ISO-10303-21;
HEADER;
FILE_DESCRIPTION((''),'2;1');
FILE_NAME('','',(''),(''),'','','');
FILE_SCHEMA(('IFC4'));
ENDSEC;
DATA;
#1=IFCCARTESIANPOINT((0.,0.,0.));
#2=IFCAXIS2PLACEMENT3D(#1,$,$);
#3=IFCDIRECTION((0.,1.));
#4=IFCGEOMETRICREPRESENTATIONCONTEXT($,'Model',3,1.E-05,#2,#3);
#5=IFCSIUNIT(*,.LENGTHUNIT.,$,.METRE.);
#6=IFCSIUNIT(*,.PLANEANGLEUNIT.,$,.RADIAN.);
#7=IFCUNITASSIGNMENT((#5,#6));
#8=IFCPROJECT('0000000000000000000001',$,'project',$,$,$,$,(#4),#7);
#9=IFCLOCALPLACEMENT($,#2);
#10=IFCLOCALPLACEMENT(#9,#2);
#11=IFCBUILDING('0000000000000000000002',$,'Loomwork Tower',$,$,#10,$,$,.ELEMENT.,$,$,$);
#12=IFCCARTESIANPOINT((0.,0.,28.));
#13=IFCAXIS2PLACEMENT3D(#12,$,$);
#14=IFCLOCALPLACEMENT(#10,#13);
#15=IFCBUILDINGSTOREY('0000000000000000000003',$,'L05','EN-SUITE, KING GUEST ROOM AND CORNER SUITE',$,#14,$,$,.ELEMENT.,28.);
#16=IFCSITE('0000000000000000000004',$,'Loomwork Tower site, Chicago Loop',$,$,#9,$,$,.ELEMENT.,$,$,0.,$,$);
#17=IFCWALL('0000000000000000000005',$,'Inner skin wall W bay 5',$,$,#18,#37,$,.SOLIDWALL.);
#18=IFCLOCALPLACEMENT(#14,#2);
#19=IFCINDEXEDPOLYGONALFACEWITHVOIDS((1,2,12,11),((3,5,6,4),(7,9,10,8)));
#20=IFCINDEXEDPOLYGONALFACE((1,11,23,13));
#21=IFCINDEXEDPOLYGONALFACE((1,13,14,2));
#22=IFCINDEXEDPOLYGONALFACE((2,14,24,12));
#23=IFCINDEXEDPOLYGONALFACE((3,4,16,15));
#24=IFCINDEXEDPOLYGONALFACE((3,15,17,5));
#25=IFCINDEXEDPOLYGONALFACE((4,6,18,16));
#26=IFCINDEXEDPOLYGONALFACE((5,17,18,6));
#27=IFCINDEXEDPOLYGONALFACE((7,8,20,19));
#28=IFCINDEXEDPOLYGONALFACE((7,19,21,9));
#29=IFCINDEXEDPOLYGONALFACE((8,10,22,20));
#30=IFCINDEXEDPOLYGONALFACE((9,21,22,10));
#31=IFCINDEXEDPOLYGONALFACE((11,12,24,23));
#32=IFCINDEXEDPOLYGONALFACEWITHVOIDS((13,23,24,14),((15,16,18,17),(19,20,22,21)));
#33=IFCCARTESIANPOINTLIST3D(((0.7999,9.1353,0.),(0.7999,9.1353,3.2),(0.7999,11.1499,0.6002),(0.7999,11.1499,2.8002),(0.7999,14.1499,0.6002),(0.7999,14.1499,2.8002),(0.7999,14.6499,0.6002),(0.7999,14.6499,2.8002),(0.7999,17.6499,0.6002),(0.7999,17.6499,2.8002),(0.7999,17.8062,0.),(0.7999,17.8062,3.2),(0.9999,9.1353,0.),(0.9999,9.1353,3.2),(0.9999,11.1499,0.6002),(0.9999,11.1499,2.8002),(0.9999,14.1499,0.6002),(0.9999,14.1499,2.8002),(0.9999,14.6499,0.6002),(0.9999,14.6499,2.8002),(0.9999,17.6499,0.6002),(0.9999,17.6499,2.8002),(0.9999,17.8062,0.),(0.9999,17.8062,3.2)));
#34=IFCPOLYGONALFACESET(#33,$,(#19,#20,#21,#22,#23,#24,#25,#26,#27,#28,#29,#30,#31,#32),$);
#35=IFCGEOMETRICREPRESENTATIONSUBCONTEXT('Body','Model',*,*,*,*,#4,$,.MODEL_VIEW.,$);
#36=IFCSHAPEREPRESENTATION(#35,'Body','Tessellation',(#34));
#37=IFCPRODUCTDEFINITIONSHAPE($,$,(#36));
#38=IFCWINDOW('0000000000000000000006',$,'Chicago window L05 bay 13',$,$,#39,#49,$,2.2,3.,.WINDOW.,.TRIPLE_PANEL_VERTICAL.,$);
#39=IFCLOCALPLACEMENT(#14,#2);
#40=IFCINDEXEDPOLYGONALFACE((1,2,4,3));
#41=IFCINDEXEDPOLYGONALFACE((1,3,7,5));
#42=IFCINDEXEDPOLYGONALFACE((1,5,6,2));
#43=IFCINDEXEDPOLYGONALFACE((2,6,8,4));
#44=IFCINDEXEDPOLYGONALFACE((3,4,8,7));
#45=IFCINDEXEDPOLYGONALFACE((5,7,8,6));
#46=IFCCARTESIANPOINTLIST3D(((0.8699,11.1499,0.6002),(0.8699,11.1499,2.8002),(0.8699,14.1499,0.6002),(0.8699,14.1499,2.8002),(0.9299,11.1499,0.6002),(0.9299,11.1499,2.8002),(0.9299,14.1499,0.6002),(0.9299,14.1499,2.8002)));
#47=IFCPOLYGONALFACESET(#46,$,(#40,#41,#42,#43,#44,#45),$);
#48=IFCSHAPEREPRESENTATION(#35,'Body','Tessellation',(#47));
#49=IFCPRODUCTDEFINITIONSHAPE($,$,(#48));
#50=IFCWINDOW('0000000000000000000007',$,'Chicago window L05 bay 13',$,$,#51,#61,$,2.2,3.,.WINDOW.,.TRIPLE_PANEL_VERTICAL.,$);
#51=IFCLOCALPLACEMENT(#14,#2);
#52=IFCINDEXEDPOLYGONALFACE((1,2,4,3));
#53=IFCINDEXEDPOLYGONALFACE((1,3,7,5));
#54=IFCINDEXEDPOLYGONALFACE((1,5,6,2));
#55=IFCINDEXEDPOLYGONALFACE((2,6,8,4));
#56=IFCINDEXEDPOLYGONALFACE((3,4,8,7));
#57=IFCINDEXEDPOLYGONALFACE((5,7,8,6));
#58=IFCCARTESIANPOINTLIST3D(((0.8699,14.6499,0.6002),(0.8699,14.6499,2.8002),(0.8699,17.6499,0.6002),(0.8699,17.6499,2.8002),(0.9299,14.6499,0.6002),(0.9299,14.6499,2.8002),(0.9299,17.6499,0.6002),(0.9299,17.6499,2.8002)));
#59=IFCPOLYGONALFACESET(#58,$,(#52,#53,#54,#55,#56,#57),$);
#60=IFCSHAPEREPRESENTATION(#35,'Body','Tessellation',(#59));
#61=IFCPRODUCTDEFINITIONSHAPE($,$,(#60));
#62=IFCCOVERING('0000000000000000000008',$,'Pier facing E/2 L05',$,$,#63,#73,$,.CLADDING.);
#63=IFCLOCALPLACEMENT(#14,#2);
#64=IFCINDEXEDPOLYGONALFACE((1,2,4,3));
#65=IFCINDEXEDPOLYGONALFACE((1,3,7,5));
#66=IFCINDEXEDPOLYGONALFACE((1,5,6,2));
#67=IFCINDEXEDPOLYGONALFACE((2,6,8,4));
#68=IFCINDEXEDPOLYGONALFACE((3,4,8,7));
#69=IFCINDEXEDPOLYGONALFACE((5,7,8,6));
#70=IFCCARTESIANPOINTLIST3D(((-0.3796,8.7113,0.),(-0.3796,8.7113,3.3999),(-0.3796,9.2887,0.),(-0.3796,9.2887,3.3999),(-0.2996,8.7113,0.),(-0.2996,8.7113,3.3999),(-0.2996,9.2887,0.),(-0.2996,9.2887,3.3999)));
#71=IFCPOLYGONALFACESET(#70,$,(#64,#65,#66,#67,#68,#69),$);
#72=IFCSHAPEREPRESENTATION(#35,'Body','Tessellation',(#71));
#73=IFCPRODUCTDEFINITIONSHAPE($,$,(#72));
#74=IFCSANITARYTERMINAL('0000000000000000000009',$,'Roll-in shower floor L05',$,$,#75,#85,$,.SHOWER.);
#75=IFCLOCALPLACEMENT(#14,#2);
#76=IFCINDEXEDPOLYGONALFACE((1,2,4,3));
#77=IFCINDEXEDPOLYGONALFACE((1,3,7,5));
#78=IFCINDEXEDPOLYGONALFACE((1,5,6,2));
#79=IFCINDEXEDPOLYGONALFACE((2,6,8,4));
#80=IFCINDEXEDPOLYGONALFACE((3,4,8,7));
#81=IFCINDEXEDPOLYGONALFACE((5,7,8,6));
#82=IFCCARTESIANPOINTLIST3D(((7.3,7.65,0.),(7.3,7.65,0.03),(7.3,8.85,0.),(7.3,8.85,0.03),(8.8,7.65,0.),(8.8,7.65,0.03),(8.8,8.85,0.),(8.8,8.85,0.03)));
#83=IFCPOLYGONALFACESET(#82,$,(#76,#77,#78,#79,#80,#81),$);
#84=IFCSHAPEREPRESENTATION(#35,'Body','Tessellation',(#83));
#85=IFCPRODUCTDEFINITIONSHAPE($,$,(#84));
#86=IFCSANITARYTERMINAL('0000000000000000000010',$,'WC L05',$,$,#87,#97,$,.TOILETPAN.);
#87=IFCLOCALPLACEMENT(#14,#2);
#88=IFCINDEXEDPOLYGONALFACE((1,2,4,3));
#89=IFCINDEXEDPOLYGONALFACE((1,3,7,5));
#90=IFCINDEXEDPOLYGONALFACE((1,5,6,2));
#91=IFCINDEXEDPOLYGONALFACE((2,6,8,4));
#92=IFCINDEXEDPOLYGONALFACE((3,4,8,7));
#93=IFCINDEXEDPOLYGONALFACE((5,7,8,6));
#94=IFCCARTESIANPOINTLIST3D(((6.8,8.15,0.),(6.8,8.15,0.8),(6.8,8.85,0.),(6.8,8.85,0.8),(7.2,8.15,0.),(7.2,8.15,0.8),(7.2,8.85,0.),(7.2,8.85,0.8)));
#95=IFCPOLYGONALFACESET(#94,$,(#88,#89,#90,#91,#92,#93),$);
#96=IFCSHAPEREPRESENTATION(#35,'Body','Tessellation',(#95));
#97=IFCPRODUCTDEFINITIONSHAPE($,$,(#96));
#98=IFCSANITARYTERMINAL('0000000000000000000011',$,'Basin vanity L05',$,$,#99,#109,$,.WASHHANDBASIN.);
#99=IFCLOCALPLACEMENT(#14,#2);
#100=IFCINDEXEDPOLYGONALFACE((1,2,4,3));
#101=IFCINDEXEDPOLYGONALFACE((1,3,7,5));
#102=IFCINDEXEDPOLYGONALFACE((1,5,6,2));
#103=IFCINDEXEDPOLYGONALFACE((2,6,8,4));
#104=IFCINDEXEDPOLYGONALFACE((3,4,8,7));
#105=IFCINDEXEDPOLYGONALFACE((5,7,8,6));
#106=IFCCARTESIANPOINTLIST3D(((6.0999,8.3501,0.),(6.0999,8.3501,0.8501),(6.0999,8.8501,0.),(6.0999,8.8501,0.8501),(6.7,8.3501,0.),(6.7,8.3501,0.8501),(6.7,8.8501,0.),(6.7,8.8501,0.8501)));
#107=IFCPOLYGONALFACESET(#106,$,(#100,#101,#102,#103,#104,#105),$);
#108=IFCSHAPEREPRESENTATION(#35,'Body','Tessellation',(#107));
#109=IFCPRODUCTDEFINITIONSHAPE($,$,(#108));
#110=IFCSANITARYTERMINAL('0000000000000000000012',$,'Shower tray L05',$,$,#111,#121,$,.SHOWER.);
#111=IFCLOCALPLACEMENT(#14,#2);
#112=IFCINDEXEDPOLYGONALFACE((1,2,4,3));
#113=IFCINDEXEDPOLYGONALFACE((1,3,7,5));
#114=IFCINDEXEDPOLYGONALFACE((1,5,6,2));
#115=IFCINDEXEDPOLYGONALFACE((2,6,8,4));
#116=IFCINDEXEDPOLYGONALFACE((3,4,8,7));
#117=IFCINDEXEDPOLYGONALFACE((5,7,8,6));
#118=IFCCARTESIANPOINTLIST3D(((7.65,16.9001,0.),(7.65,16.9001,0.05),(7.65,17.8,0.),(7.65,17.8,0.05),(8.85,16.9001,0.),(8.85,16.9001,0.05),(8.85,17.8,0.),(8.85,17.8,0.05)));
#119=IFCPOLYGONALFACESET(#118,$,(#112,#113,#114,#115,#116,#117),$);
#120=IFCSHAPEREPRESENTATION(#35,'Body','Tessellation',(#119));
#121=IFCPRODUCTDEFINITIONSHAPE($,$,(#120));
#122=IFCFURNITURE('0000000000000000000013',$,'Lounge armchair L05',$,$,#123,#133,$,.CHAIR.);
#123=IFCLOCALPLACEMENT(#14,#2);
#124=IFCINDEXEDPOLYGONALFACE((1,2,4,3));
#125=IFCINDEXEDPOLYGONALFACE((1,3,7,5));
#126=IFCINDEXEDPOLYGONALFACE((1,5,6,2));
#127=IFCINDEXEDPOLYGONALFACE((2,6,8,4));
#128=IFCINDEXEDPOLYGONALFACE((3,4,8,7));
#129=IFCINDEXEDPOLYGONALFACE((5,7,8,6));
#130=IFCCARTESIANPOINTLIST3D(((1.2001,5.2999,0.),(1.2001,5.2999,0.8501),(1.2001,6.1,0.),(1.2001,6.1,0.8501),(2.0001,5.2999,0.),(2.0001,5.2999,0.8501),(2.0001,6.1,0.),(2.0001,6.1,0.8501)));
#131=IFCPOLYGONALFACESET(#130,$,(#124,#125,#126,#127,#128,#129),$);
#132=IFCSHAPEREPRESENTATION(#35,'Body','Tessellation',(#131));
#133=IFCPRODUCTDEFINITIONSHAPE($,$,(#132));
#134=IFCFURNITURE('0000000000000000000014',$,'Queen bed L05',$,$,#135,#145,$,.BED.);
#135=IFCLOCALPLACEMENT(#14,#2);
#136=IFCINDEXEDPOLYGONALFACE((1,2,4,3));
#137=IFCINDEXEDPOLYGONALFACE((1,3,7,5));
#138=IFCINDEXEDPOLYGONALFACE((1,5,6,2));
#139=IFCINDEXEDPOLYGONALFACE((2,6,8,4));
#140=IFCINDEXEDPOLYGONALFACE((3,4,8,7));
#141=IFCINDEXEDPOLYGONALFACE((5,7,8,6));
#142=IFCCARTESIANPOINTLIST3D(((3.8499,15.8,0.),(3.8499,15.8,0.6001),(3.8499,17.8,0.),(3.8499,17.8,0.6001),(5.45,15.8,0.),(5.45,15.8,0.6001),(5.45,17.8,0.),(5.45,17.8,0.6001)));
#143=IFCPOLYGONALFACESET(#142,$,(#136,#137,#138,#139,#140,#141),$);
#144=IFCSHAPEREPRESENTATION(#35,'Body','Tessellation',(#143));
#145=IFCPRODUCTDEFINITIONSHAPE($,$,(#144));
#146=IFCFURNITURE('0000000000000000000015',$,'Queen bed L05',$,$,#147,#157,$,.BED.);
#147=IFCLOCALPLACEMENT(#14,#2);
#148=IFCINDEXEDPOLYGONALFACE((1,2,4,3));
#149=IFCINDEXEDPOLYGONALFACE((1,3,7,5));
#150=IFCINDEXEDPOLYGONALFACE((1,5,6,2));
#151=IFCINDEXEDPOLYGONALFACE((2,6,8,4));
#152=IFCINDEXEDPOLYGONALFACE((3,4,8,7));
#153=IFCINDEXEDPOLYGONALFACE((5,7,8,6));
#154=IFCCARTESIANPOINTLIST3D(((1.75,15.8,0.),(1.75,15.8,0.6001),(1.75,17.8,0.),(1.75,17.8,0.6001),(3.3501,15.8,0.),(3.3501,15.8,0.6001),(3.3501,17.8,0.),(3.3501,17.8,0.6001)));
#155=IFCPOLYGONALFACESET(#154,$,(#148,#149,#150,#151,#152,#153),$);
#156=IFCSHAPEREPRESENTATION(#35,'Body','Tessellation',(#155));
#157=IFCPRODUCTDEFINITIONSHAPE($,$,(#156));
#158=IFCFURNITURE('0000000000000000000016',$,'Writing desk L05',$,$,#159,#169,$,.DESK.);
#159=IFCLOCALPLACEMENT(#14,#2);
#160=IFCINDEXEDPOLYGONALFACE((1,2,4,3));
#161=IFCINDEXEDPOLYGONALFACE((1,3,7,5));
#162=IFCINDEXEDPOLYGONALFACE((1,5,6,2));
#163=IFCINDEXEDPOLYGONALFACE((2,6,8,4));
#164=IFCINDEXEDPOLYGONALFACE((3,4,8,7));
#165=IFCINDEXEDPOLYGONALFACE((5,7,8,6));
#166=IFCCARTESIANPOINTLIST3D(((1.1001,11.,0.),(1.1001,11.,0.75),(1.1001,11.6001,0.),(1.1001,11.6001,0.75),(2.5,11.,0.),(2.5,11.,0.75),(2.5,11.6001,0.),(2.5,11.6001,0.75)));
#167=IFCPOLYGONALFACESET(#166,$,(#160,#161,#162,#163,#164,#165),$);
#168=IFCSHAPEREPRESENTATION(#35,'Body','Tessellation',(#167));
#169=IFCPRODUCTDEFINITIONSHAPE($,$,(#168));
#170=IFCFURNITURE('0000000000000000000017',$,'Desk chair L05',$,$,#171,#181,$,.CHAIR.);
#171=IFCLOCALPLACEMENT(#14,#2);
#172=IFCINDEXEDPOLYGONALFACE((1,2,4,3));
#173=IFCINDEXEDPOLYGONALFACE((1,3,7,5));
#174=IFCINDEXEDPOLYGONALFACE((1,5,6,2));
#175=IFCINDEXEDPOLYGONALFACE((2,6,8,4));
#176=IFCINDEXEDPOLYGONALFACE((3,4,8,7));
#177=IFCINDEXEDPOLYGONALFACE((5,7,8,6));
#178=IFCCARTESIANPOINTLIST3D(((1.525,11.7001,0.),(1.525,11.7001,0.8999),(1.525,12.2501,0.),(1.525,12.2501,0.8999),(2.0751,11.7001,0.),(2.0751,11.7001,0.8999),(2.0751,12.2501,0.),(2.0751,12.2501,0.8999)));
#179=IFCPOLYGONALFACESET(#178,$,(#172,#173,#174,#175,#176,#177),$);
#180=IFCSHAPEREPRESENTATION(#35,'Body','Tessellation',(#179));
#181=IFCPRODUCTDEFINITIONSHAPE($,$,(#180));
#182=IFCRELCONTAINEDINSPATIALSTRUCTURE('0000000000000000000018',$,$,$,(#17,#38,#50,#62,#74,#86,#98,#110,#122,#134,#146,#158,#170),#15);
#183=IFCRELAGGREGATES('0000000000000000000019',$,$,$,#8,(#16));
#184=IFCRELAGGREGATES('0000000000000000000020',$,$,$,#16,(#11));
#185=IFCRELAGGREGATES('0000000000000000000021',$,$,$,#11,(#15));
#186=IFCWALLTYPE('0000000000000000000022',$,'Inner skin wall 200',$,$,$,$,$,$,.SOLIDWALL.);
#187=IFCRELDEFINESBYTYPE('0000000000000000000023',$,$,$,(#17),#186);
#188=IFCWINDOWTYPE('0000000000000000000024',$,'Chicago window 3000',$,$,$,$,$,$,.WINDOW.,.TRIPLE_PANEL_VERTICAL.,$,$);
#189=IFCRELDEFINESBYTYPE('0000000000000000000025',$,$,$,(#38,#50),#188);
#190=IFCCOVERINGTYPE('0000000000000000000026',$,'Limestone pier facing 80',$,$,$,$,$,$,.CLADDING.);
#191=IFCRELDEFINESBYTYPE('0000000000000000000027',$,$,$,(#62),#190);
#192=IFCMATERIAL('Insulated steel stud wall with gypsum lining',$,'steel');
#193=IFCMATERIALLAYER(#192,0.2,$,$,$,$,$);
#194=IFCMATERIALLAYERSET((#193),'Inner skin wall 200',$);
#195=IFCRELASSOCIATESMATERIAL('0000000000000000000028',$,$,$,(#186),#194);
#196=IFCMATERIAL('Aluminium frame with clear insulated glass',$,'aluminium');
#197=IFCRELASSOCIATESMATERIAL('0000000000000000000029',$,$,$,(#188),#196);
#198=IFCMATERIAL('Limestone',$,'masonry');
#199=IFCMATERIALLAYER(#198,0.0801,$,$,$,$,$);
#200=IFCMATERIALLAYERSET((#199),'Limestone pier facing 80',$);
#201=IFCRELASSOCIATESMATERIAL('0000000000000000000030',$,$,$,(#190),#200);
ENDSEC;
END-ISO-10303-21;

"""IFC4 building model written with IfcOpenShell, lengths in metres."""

from ifc_helpers import new_model, si_unit, direction, frame, frame_2d, origin, origin_2d, place, context, subcontext, project, spatial, rectangle, extrude, material, layer, layer_set, type_object, element, fill, save


model = new_model("IFC4")

# Units and contexts
model_context = context("Model", 3, precision=1e-05, world=origin(), true_north=direction((0.0, 1.0)))
body_context = subcontext(model_context, "Body", "Model", "MODEL_VIEW")
ifc_project = project(units=[si_unit("LENGTHUNIT", "METRE"), si_unit("PLANEANGLEUNIT", "RADIAN")], contexts=[model_context])

# Site, building, storey
site_placement = place(None, origin())
site = spatial("IfcSite", under=ifc_project, at=site_placement, Name="Loomwork Tower site, Chicago Loop", CompositionType="ELEMENT", RefElevation=0.0)
building_placement = place(site_placement, origin())
building = spatial("IfcBuilding", under=site, at=building_placement, Name="Loomwork Tower", CompositionType="ELEMENT")
storey_placement = place(building_placement, frame((0.0, 0.0, 28.0)))
storey = spatial("IfcBuildingStorey", under=building, at=storey_placement, Name="L05", Description="EN-SUITE, KING GUEST ROOM AND CORNER SUITE", CompositionType="ELEMENT", Elevation=28.0)

# Shared definitions
ifc_material_1 = material(Name="Insulated steel stud wall with gypsum lining", Category="steel")
ifc_layer_1 = layer(ifc_material_1, 0.2)
ifc_layer_set_1 = layer_set([ifc_layer_1], Name="Inner skin wall 200")
wall_type_1 = type_object("IfcWallType", Name="Inner skin wall 200", PredefinedType="SOLIDWALL", material=ifc_layer_set_1)

# Wall, openings, windows
wall_1_placement = place(storey_placement, frame((0.8999, 9.1353, 0.0), z_axis=(0.0, 0.0, 1.0), x_axis=(0.0, 1.0, 0.0)))
wall_1 = element("IfcWall", 1, at=wall_1_placement, inside=storey, type_object=wall_type_1, Name="Inner skin wall W bay 5", PredefinedType="SOLIDWALL", context=body_context, shape_type="SweptSolid", body=[
    extrude(rectangle(XDim=8.6709, YDim=0.2, at=frame_2d((4.3354, 0.0))), origin(), (0.0, 0.0, 1.0), 3.2),
])
opening_1_placement = place(wall_1_placement, frame((2.0146, 0.0, 0.6001)))
opening_1 = element("IfcOpeningElement", 2, at=opening_1_placement, cuts=wall_1, PredefinedType="OPENING", context=body_context, shape_type="SweptSolid", body=[
    extrude(rectangle(XDim=3.0, YDim=2.2, at=frame_2d((1.5, 1.1001))), frame((0.0, 0.1099, 0.0), z_axis=(0.0, -1.0, 0.0), x_axis=(1.0, 0.0, 0.0)), (0.0, 0.0, 1.0), 0.22),
])
opening_2_placement = place(wall_1_placement, frame((5.5146, 0.0, 0.6001)))
opening_2 = element("IfcOpeningElement", 3, at=opening_2_placement, cuts=wall_1, PredefinedType="OPENING", context=body_context, shape_type="SweptSolid", body=[
    extrude(rectangle(XDim=3.0, YDim=2.2, at=frame_2d((1.5, 1.1001))), frame((0.0, 0.1099, 0.0), z_axis=(0.0, -1.0, 0.0), x_axis=(1.0, 0.0, 0.0)), (0.0, 0.0, 1.0), 0.22),
])
ifc_material_2 = material(Name="Aluminium frame with clear insulated glass", Category="aluminium")
window_type = type_object("IfcWindowType", Name="Chicago window 3000", PartitioningType="TRIPLE_PANEL_VERTICAL", PredefinedType="WINDOW", material=ifc_material_2)
window_1_placement = place(opening_1_placement, origin())
window_1 = element("IfcWindow", 4, at=window_1_placement, inside=storey, type_object=window_type, Name="Chicago window L05 bay 13", OverallHeight=2.2, OverallWidth=3.0, PartitioningType="TRIPLE_PANEL_VERTICAL", PredefinedType="WINDOW", context=body_context, shape_type="SweptSolid", body=[
    extrude(rectangle(XDim=3.0, YDim=2.2, at=frame_2d((1.5, 1.1001))), frame((0.0, 0.03, 0.0), z_axis=(0.0, -1.0, 0.0), x_axis=(1.0, 0.0, 0.0)), (0.0, 0.0, 1.0), 0.0601),
])
fill(opening_1, window_1)
window_2_placement = place(opening_2_placement, origin())
window_2 = element("IfcWindow", 5, at=window_2_placement, inside=storey, type_object=window_type, Name="Chicago window L05 bay 13", OverallHeight=2.2, OverallWidth=3.0, PartitioningType="TRIPLE_PANEL_VERTICAL", PredefinedType="WINDOW", context=body_context, shape_type="SweptSolid", body=[
    extrude(rectangle(XDim=3.0, YDim=2.2, at=frame_2d((1.5, 1.1001))), frame((0.0, 0.03, 0.0), z_axis=(0.0, -1.0, 0.0), x_axis=(1.0, 0.0, 0.0)), (0.0, 0.0, 1.0), 0.0601),
])
fill(opening_2, window_2)

# Covering
ifc_material_3 = material(Name="Limestone", Category="masonry")
ifc_layer_2 = layer(ifc_material_3, 0.0801)
ifc_layer_set_2 = layer_set([ifc_layer_2], Name="Limestone pier facing 80")
covering_type = type_object("IfcCoveringType", Name="Limestone pier facing 80", PredefinedType="CLADDING", material=ifc_layer_set_2)
covering_placement = place(storey_placement, frame((-0.3396, 9.0, 0.0), z_axis=(0.0, 0.0, 1.0), x_axis=(1.0, 0.0, 0.0)))
element("IfcCovering", 6, at=covering_placement, inside=storey, type_object=covering_type, Name="Pier facing E/2 L05", PredefinedType="CLADDING", context=body_context, shape_type="SweptSolid", body=[
    extrude(rectangle(XDim=0.0801, YDim=0.5774, at=origin_2d()), origin(), (0.0, 0.0, 1.0), 3.3999),
])

# Sanitary terminals
sanitary_terminal_1_placement = place(storey_placement, frame((8.05, 8.25, 0.0), z_axis=(0.0, 0.0, 1.0), x_axis=(1.0, 0.0, 0.0)))
element("IfcSanitaryTerminal", 7, at=sanitary_terminal_1_placement, inside=storey, Name="Roll-in shower floor L05", PredefinedType="SHOWER", context=body_context, shape_type="SweptSolid", body=[
    extrude(rectangle(XDim=1.5, YDim=1.2, at=origin_2d()), origin(), (0.0, 0.0, 1.0), 0.03),
])
sanitary_terminal_2_placement = place(storey_placement, frame((7.0, 8.5, 0.0), z_axis=(0.0, 0.0, 1.0), x_axis=(1.0, 0.0, 0.0)))
element("IfcSanitaryTerminal", 8, at=sanitary_terminal_2_placement, inside=storey, Name="WC L05", PredefinedType="TOILETPAN", context=body_context, shape_type="SweptSolid", body=[
    extrude(rectangle(XDim=0.3999, YDim=0.7, at=origin_2d()), origin(), (0.0, 0.0, 1.0), 0.8),
])
sanitary_terminal_3_placement = place(storey_placement, frame((6.3999, 8.6001, 0.0), z_axis=(0.0, 0.0, 1.0), x_axis=(1.0, 0.0, 0.0)))
element("IfcSanitaryTerminal", 9, at=sanitary_terminal_3_placement, inside=storey, Name="Basin vanity L05", PredefinedType="WASHHANDBASIN", context=body_context, shape_type="SweptSolid", body=[
    extrude(rectangle(XDim=0.6001, YDim=0.5, at=origin_2d()), origin(), (0.0, 0.0, 1.0), 0.8501),
])
sanitary_terminal_4_placement = place(storey_placement, frame((8.25, 17.3501, 0.0), z_axis=(0.0, 0.0, 1.0), x_axis=(1.0, 0.0, 0.0)))
element("IfcSanitaryTerminal", 10, at=sanitary_terminal_4_placement, inside=storey, Name="Shower tray L05", PredefinedType="SHOWER", context=body_context, shape_type="SweptSolid", body=[
    extrude(rectangle(XDim=1.2, YDim=0.8999, at=origin_2d()), origin(), (0.0, 0.0, 1.0), 0.05),
])

# Furniture
furniture_1_placement = place(storey_placement, frame((1.6001, 5.7, 0.0), z_axis=(0.0, 0.0, 1.0), x_axis=(1.0, 0.0, 0.0)))
element("IfcFurniture", 11, at=furniture_1_placement, inside=storey, Name="Lounge armchair L05", PredefinedType="CHAIR", context=body_context, shape_type="SweptSolid", body=[
    extrude(rectangle(XDim=0.8, YDim=0.8, at=origin_2d()), origin(), (0.0, 0.0, 1.0), 0.8501),
])
for number, where, z_axis, x_axis, name in (
    (12, (4.6499, 16.8, 0.0), (0.0, 0.0, 1.0), (1.0, 0.0, 0.0), "Queen bed L05"),
    (13, (2.55, 16.8, 0.0), (0.0, 0.0, 1.0), (1.0, 0.0, 0.0), "Queen bed L05"),
):
    element("IfcFurniture", number, at=place(storey_placement, frame(where, z_axis=z_axis, x_axis=x_axis)), inside=storey, Name=name, PredefinedType="BED", context=body_context, shape_type="SweptSolid", body=[
        extrude(rectangle(XDim=1.6001, YDim=2.0, at=origin_2d()), origin(), (0.0, 0.0, 1.0), 0.6001),
    ])
furniture_2_placement = place(storey_placement, frame((1.8, 11.3, 0.0), z_axis=(0.0, 0.0, 1.0), x_axis=(1.0, 0.0, 0.0)))
element("IfcFurniture", 14, at=furniture_2_placement, inside=storey, Name="Writing desk L05", PredefinedType="DESK", context=body_context, shape_type="SweptSolid", body=[
    extrude(rectangle(XDim=1.3999, YDim=0.6001, at=origin_2d()), origin(), (0.0, 0.0, 1.0), 0.75),
])
furniture_3_placement = place(storey_placement, frame((1.8, 11.9751, 0.0), z_axis=(0.0, 0.0, 1.0), x_axis=(1.0, 0.0, 0.0)))
element("IfcFurniture", 15, at=furniture_3_placement, inside=storey, Name="Desk chair L05", PredefinedType="CHAIR", context=body_context, shape_type="SweptSolid", body=[
    extrude(rectangle(XDim=0.55, YDim=0.55, at=origin_2d()), origin(), (0.0, 0.0, 1.0), 0.8999),
])

save(model, "model.ifc")
